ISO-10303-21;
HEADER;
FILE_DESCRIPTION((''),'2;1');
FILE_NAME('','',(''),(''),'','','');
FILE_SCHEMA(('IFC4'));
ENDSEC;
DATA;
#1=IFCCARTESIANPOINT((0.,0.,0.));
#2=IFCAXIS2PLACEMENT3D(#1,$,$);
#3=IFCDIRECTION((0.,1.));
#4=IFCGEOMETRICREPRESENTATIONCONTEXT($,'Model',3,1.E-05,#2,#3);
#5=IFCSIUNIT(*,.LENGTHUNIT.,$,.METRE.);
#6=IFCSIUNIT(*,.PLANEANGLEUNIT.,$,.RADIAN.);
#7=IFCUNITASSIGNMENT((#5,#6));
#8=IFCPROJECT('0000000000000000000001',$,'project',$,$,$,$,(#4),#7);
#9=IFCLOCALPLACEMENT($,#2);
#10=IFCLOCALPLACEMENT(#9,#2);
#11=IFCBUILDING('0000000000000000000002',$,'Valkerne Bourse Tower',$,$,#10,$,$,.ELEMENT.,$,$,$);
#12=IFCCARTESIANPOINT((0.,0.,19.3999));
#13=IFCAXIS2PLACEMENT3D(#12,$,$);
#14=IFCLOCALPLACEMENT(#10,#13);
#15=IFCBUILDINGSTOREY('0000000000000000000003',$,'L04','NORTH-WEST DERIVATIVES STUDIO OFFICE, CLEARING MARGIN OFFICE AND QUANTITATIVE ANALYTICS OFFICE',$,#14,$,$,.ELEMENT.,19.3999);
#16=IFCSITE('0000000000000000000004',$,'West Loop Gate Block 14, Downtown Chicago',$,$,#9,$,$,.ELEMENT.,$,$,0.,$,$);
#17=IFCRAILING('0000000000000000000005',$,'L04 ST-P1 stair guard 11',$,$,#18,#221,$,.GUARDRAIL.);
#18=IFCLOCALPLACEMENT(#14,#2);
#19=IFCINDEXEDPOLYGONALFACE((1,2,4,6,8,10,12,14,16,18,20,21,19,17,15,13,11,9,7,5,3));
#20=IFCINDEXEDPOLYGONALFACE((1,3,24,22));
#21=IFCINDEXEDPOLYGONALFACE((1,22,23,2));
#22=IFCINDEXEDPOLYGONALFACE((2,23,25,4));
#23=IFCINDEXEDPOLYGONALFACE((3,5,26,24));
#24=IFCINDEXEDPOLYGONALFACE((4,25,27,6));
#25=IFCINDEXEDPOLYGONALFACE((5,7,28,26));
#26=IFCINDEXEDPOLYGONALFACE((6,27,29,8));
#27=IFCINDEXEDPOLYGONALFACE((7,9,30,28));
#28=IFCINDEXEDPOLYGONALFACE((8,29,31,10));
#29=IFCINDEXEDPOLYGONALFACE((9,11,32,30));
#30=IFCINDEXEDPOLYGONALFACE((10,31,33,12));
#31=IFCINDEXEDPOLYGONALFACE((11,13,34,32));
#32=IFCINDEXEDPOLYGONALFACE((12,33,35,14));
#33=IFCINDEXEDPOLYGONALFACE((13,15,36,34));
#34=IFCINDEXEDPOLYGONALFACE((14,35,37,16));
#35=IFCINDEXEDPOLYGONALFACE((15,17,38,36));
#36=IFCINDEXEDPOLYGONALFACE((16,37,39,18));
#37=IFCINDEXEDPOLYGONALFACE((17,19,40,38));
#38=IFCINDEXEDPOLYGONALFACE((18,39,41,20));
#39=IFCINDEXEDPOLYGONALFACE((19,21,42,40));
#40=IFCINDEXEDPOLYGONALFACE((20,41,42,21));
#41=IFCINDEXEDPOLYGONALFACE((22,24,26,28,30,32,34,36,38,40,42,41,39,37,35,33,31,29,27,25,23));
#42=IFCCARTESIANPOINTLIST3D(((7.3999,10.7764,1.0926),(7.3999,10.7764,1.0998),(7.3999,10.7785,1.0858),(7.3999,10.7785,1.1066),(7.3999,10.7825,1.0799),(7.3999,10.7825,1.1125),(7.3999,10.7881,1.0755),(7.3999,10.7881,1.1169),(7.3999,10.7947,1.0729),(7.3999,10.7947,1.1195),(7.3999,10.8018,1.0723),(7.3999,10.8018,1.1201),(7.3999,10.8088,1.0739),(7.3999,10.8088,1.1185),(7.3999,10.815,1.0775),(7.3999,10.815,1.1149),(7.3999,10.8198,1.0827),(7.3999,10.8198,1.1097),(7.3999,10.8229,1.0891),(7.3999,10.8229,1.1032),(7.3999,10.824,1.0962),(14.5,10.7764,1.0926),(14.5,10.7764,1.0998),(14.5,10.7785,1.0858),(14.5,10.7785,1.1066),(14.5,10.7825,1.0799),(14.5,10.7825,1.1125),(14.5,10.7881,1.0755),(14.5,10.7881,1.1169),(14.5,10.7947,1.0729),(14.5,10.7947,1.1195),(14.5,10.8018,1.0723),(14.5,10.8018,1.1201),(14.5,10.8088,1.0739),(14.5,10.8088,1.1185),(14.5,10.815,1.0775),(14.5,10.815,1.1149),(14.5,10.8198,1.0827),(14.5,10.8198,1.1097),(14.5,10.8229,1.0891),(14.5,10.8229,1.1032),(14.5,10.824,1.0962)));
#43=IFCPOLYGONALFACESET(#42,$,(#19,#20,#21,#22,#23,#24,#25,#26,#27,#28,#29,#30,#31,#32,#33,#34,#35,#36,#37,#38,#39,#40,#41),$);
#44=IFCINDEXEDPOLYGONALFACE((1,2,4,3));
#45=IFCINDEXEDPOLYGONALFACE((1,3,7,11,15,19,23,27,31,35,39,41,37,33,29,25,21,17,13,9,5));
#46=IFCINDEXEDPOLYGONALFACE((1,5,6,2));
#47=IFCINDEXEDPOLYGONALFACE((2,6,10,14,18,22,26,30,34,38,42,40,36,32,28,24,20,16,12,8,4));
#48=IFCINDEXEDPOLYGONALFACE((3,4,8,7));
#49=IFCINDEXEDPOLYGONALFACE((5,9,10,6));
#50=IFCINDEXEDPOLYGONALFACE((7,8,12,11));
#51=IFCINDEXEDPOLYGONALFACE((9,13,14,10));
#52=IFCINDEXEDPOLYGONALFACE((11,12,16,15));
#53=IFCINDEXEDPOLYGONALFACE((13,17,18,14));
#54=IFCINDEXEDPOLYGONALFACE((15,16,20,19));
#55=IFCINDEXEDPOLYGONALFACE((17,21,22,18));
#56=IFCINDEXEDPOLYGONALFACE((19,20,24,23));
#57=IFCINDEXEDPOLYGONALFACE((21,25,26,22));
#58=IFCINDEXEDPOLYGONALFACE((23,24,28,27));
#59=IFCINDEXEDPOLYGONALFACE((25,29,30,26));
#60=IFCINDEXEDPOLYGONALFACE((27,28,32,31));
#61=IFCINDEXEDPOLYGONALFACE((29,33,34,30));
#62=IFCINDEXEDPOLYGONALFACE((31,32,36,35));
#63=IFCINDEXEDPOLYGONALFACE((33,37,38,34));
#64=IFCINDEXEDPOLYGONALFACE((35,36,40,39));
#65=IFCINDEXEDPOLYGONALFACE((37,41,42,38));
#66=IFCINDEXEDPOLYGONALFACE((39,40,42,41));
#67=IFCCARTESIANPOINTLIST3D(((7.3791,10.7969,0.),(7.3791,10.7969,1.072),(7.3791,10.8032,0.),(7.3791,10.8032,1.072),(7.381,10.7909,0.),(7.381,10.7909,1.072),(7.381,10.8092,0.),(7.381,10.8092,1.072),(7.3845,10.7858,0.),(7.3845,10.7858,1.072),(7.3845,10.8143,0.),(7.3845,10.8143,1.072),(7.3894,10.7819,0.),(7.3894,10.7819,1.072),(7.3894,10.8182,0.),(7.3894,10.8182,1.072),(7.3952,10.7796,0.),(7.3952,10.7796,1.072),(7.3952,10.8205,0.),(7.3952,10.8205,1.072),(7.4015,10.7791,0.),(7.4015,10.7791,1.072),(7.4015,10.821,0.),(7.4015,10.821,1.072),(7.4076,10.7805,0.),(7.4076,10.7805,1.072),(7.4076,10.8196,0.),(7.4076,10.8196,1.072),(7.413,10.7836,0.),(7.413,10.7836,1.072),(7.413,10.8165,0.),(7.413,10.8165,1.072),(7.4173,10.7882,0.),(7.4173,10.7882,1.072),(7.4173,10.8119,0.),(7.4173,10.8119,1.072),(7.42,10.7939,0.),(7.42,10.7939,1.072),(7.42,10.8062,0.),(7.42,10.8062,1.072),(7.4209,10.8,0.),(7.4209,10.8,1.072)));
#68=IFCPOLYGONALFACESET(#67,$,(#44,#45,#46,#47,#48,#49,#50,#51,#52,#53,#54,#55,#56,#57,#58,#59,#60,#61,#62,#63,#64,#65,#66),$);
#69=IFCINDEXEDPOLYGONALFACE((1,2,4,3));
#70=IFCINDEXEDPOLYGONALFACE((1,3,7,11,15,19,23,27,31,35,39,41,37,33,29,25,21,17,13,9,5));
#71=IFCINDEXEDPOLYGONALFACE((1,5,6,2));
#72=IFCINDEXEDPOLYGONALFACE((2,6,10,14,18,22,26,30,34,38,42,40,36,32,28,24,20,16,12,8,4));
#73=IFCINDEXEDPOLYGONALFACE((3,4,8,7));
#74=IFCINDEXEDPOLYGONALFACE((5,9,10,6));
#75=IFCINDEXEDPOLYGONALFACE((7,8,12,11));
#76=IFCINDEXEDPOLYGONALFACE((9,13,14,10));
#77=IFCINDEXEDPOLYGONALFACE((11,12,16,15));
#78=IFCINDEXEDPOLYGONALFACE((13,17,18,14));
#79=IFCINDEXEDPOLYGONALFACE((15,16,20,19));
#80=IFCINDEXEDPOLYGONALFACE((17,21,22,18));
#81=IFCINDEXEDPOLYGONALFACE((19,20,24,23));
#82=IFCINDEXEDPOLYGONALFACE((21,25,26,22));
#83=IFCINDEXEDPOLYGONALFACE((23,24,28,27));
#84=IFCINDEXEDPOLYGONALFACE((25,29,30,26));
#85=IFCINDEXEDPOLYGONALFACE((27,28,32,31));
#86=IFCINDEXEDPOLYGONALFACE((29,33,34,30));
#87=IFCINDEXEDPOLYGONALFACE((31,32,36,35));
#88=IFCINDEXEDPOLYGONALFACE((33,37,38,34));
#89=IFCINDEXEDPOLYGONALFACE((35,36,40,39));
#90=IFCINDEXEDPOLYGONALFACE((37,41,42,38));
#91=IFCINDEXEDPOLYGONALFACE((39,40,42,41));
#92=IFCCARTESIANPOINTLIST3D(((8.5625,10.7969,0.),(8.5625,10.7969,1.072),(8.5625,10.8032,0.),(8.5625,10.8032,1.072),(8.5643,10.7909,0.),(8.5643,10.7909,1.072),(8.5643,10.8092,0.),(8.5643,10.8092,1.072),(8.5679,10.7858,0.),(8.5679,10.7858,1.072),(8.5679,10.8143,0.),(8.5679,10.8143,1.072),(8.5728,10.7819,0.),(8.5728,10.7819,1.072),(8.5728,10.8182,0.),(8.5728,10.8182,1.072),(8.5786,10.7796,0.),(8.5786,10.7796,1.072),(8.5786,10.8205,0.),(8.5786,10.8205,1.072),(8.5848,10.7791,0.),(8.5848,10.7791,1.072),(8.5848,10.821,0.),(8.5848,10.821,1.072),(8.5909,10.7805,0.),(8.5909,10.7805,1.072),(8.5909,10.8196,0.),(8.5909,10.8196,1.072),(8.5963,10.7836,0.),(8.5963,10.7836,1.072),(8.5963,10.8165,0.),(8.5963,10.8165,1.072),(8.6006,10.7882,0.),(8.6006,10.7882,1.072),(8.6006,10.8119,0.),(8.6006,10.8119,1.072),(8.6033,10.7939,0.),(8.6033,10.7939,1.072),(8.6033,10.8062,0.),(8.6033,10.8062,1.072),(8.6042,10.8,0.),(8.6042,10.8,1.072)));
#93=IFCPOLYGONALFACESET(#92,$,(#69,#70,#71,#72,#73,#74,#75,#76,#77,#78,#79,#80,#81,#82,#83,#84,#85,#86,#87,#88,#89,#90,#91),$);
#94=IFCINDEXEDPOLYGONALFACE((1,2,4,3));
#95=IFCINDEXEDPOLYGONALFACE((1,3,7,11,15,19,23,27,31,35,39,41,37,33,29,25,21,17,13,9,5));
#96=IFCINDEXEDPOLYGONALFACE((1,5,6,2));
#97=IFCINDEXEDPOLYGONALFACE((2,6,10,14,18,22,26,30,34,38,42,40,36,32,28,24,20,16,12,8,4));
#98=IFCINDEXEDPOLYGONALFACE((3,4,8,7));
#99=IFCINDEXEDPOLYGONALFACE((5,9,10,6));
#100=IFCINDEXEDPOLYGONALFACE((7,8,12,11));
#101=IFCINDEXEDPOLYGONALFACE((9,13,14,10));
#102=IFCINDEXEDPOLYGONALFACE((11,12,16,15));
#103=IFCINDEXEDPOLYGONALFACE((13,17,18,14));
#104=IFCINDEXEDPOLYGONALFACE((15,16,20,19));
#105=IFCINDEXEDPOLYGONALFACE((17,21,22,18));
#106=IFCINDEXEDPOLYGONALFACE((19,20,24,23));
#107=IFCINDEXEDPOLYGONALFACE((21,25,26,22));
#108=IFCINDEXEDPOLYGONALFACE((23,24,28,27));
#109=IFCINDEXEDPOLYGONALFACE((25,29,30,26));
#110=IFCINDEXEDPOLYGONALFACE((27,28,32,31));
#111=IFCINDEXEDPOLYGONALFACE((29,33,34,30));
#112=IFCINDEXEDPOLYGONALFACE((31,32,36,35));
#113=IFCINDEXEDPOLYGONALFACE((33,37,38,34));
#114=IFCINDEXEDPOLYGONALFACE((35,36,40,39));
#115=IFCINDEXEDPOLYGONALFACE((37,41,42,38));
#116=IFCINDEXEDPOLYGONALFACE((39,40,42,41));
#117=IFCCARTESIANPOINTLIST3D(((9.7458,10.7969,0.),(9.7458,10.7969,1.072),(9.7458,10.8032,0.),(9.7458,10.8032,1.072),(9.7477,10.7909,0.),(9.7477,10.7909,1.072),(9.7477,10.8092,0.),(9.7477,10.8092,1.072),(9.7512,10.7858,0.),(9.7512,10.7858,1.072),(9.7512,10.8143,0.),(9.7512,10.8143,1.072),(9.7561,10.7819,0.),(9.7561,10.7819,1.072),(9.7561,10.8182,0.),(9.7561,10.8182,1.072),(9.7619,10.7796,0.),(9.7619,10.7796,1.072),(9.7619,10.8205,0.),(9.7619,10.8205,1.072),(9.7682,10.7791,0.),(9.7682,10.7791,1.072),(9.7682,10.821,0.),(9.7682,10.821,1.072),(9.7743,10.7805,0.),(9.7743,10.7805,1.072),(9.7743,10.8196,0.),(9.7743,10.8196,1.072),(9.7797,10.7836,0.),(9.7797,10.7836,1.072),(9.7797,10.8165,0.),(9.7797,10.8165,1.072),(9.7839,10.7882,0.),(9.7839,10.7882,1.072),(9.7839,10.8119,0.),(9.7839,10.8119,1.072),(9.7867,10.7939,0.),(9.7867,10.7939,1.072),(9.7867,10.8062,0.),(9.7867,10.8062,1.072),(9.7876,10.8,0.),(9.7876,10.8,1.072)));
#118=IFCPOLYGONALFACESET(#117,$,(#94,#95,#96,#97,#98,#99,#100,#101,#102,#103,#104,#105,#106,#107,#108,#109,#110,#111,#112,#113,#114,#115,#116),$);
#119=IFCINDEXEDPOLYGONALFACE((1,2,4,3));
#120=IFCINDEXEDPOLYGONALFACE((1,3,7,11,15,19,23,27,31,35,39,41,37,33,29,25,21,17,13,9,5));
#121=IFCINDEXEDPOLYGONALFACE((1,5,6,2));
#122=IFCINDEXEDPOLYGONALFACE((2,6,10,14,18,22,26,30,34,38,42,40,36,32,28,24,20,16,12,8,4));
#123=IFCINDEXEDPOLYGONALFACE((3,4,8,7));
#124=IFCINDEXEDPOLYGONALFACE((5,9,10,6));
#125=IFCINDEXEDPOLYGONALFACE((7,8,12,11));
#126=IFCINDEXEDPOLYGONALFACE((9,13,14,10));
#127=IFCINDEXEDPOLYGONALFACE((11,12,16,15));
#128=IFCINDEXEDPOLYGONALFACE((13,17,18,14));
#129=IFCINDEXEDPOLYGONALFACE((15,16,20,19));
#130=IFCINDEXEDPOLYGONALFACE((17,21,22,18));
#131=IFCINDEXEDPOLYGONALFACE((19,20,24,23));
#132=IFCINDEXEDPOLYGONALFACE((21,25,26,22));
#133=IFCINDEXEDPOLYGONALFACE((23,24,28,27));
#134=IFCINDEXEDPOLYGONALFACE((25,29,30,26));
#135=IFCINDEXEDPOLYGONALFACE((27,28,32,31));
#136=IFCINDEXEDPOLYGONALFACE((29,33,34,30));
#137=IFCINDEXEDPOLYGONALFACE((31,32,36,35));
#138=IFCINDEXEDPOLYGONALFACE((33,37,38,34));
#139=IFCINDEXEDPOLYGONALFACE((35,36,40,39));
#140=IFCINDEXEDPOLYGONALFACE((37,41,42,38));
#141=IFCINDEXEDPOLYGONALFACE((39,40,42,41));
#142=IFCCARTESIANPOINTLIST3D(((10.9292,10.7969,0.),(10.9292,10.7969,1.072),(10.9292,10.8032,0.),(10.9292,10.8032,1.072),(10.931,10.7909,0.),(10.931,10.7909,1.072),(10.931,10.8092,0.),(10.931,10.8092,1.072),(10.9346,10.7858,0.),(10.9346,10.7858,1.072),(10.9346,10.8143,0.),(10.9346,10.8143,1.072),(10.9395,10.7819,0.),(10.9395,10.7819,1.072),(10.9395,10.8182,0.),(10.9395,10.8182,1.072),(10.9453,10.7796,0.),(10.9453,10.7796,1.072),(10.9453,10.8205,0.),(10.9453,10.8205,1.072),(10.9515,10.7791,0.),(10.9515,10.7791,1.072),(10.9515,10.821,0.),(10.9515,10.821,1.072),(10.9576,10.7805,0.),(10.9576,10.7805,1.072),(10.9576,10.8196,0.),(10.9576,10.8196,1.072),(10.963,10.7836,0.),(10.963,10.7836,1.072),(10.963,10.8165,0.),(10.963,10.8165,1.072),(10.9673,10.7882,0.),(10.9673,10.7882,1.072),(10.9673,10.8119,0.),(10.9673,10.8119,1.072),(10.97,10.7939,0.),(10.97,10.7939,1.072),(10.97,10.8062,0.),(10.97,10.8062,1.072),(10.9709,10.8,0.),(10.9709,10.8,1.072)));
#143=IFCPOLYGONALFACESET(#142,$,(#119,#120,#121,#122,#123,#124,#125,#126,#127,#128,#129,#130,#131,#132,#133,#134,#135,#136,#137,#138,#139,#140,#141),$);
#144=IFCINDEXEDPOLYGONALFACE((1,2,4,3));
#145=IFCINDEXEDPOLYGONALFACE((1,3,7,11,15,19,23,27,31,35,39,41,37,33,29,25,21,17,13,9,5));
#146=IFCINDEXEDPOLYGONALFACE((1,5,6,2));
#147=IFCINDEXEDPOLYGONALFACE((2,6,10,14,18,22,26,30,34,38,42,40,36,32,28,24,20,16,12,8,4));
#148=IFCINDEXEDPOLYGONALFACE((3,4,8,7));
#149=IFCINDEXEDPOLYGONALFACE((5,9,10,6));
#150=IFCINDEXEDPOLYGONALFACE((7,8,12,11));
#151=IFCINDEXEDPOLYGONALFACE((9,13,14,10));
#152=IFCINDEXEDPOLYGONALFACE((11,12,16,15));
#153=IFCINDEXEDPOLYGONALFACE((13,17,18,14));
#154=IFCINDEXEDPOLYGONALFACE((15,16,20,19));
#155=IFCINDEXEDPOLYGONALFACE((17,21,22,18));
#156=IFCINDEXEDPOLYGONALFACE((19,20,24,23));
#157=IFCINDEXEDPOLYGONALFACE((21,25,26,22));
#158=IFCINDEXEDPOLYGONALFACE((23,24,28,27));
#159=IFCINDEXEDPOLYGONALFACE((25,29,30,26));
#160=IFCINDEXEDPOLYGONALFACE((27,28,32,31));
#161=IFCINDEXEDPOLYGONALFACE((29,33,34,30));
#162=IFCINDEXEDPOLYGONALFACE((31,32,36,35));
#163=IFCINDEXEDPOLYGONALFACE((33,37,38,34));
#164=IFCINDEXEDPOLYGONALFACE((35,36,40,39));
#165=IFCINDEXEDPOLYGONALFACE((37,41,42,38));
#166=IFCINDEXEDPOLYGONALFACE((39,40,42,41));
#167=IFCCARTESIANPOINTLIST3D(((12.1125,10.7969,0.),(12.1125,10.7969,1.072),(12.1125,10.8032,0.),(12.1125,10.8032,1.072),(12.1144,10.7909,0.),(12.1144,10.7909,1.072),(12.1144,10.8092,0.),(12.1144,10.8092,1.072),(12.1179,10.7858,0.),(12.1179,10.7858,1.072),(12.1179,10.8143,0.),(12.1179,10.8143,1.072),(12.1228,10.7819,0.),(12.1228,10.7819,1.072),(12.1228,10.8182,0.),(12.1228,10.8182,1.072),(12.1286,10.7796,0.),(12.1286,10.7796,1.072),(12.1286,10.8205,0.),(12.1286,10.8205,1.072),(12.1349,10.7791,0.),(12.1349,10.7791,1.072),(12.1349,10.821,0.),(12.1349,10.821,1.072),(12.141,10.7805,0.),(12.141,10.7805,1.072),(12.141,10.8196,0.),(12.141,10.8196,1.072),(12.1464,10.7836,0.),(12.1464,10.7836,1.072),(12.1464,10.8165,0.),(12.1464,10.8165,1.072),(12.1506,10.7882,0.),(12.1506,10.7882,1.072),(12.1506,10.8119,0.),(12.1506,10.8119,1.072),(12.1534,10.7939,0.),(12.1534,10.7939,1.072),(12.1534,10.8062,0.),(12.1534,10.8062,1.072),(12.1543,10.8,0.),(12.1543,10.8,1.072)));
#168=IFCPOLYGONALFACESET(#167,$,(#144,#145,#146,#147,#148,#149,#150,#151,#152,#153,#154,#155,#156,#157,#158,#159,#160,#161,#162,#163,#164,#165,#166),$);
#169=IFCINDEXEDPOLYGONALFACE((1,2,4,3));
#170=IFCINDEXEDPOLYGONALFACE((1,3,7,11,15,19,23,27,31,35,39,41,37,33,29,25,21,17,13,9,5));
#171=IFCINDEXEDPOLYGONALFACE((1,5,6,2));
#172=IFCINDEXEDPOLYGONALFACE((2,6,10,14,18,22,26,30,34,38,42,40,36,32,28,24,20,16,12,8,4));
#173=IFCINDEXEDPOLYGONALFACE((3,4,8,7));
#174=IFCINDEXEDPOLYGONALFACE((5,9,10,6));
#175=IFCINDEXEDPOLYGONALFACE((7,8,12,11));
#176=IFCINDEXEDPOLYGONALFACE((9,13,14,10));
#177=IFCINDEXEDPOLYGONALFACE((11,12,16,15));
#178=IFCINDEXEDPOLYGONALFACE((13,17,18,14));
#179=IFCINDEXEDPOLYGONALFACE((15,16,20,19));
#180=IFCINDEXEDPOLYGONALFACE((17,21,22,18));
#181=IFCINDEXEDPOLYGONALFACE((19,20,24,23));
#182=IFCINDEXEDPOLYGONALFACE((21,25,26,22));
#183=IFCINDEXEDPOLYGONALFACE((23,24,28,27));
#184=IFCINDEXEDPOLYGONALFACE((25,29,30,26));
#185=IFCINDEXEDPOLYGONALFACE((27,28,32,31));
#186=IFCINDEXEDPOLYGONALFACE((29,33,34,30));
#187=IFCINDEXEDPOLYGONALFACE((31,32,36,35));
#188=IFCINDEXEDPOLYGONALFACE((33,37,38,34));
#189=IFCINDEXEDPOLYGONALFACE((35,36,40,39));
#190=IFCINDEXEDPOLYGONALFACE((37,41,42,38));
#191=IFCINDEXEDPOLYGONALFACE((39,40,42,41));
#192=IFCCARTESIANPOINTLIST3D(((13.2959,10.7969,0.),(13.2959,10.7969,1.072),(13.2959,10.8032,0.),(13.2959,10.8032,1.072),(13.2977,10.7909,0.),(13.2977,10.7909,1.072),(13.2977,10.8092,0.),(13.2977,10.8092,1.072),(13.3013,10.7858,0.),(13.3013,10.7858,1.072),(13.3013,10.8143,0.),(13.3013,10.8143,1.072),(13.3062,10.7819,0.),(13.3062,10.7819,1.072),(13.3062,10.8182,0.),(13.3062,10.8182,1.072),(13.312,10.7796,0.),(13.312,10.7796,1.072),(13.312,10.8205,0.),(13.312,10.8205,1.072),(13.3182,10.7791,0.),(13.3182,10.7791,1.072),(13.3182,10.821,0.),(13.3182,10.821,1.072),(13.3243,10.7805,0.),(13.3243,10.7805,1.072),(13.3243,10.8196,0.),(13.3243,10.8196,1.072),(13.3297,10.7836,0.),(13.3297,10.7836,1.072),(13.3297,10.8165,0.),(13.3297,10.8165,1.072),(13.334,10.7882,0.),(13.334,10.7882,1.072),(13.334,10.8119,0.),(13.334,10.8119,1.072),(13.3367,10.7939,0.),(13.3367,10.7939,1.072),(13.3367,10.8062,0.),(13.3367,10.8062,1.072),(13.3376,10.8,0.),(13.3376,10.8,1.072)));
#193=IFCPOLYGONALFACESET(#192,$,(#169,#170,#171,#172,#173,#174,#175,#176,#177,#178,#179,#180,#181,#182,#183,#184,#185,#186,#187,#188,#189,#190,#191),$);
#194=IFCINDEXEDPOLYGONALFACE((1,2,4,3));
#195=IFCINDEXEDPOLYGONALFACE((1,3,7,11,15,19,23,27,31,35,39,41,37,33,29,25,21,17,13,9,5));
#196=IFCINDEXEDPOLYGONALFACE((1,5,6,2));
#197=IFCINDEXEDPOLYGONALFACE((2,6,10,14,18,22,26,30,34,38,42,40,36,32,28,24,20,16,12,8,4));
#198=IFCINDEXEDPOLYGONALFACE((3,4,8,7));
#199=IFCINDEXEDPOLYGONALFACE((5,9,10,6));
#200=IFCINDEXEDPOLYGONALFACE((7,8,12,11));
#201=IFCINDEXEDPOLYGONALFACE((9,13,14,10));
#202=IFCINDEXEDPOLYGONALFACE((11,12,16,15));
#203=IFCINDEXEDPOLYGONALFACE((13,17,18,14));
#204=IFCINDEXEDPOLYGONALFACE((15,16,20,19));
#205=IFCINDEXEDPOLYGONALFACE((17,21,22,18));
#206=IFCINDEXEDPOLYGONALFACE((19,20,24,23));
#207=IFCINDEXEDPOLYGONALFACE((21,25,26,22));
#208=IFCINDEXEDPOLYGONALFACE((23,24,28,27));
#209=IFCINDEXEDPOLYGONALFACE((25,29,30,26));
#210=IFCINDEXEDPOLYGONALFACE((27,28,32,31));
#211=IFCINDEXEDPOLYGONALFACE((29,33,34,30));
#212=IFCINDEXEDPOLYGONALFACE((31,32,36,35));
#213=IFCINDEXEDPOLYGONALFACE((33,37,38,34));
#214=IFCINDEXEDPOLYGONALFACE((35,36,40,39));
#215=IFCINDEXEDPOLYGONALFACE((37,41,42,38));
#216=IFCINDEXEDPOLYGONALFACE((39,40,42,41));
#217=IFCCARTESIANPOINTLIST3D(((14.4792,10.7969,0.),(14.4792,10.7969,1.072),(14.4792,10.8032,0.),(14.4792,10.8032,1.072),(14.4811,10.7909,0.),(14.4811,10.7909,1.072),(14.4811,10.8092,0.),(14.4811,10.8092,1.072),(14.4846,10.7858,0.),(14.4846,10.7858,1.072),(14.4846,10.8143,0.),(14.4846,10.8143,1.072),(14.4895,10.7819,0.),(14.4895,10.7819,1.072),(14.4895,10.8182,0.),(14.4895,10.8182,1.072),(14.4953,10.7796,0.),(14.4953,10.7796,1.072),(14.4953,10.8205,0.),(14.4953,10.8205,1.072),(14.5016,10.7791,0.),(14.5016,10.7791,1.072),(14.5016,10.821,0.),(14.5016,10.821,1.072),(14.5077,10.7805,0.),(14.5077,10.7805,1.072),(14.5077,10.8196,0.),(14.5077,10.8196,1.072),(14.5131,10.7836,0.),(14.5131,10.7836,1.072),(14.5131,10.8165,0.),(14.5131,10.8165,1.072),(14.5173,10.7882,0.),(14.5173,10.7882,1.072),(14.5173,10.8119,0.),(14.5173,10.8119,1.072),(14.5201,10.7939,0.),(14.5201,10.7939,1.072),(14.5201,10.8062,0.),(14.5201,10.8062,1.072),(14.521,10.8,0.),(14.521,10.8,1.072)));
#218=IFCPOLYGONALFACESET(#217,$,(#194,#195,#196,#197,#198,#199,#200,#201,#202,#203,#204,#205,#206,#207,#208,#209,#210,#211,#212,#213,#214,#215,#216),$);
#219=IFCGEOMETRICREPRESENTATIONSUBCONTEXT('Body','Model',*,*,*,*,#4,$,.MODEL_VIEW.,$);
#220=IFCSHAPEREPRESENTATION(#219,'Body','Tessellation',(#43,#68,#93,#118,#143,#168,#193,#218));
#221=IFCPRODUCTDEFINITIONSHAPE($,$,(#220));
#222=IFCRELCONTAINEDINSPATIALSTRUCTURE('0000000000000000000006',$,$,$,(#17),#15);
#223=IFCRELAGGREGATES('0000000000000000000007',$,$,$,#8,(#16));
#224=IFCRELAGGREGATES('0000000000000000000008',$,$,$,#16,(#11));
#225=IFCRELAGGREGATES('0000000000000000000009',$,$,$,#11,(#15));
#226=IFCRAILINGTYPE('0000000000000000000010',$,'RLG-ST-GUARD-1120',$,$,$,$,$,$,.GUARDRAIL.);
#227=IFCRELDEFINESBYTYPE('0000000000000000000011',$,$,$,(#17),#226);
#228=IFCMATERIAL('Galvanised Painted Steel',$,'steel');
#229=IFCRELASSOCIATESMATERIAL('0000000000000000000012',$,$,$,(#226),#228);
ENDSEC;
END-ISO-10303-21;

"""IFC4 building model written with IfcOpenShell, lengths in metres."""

from ifc_helpers import new_model, si_unit, direction, frame, origin, origin_2d, place, context, subcontext, project, spatial, circle, extrude, material, type_object, element, save


model = new_model("IFC4")

# Units and contexts
model_context = context("Model", 3, precision=1e-05, world=origin(), true_north=direction((0.0, 1.0)))
body_context = subcontext(model_context, "Body", "Model", "MODEL_VIEW")
ifc_project = project(units=[si_unit("LENGTHUNIT", "METRE"), si_unit("PLANEANGLEUNIT", "RADIAN")], contexts=[model_context])

# Site, building, storey
site_placement = place(None, origin())
site = spatial("IfcSite", under=ifc_project, at=site_placement, Name="West Loop Gate Block 14, Downtown Chicago", CompositionType="ELEMENT", RefElevation=0.0)
building_placement = place(site_placement, origin())
building = spatial("IfcBuilding", under=site, at=building_placement, Name="Valkerne Bourse Tower", CompositionType="ELEMENT")
storey_placement = place(building_placement, frame((0.0, 0.0, 19.3999)))
storey = spatial("IfcBuildingStorey", under=building, at=storey_placement, Name="L04", Description="NORTH-WEST DERIVATIVES STUDIO OFFICE, CLEARING MARGIN OFFICE AND QUANTITATIVE ANALYTICS OFFICE", CompositionType="ELEMENT", Elevation=19.3999)

# Railing
ifc_material_1 = material(Name="Galvanised Painted Steel", Category="steel")
railing_type_1 = type_object("IfcRailingType", Name="RLG-ST-GUARD-1120", PredefinedType="GUARDRAIL", material=ifc_material_1)
railing_1_placement = place(storey_placement, frame((7.3999, 10.8, 0.0)))
element("IfcRailing", 1, at=railing_1_placement, inside=storey, type_object=railing_type_1, Name="L04 ST-P1 stair guard 11", PredefinedType="GUARDRAIL", context=body_context, shape_type="SweptSolid", body=[
    extrude(circle(Radius=0.0239, at=origin_2d()), frame((0.0, 0.0, 1.0962), z_axis=(1.0, 0.0, 0.0), x_axis=(0.0, 1.0, 0.0)), (0.0, 0.0, 1.0), 7.1001),
    extrude(circle(Radius=0.021, at=origin_2d()), origin(), (0.0, 0.0, 1.0), 1.072),
    extrude(circle(Radius=0.021, at=origin_2d()), frame((1.1833, 0.0, 0.0)), (0.0, 0.0, 1.0), 1.072),
    extrude(circle(Radius=0.021, at=origin_2d()), frame((2.3667, 0.0, 0.0)), (0.0, 0.0, 1.0), 1.072),
    extrude(circle(Radius=0.021, at=origin_2d()), frame((3.55, 0.0, 0.0)), (0.0, 0.0, 1.0), 1.072),
    extrude(circle(Radius=0.021, at=origin_2d()), frame((4.7334, 0.0, 0.0)), (0.0, 0.0, 1.0), 1.072),
    extrude(circle(Radius=0.021, at=origin_2d()), frame((5.9167, 0.0, 0.0)), (0.0, 0.0, 1.0), 1.072),
    extrude(circle(Radius=0.021, at=origin_2d()), frame((7.1001, 0.0, 0.0)), (0.0, 0.0, 1.0), 1.072),
])

save(model, "model.ifc")
